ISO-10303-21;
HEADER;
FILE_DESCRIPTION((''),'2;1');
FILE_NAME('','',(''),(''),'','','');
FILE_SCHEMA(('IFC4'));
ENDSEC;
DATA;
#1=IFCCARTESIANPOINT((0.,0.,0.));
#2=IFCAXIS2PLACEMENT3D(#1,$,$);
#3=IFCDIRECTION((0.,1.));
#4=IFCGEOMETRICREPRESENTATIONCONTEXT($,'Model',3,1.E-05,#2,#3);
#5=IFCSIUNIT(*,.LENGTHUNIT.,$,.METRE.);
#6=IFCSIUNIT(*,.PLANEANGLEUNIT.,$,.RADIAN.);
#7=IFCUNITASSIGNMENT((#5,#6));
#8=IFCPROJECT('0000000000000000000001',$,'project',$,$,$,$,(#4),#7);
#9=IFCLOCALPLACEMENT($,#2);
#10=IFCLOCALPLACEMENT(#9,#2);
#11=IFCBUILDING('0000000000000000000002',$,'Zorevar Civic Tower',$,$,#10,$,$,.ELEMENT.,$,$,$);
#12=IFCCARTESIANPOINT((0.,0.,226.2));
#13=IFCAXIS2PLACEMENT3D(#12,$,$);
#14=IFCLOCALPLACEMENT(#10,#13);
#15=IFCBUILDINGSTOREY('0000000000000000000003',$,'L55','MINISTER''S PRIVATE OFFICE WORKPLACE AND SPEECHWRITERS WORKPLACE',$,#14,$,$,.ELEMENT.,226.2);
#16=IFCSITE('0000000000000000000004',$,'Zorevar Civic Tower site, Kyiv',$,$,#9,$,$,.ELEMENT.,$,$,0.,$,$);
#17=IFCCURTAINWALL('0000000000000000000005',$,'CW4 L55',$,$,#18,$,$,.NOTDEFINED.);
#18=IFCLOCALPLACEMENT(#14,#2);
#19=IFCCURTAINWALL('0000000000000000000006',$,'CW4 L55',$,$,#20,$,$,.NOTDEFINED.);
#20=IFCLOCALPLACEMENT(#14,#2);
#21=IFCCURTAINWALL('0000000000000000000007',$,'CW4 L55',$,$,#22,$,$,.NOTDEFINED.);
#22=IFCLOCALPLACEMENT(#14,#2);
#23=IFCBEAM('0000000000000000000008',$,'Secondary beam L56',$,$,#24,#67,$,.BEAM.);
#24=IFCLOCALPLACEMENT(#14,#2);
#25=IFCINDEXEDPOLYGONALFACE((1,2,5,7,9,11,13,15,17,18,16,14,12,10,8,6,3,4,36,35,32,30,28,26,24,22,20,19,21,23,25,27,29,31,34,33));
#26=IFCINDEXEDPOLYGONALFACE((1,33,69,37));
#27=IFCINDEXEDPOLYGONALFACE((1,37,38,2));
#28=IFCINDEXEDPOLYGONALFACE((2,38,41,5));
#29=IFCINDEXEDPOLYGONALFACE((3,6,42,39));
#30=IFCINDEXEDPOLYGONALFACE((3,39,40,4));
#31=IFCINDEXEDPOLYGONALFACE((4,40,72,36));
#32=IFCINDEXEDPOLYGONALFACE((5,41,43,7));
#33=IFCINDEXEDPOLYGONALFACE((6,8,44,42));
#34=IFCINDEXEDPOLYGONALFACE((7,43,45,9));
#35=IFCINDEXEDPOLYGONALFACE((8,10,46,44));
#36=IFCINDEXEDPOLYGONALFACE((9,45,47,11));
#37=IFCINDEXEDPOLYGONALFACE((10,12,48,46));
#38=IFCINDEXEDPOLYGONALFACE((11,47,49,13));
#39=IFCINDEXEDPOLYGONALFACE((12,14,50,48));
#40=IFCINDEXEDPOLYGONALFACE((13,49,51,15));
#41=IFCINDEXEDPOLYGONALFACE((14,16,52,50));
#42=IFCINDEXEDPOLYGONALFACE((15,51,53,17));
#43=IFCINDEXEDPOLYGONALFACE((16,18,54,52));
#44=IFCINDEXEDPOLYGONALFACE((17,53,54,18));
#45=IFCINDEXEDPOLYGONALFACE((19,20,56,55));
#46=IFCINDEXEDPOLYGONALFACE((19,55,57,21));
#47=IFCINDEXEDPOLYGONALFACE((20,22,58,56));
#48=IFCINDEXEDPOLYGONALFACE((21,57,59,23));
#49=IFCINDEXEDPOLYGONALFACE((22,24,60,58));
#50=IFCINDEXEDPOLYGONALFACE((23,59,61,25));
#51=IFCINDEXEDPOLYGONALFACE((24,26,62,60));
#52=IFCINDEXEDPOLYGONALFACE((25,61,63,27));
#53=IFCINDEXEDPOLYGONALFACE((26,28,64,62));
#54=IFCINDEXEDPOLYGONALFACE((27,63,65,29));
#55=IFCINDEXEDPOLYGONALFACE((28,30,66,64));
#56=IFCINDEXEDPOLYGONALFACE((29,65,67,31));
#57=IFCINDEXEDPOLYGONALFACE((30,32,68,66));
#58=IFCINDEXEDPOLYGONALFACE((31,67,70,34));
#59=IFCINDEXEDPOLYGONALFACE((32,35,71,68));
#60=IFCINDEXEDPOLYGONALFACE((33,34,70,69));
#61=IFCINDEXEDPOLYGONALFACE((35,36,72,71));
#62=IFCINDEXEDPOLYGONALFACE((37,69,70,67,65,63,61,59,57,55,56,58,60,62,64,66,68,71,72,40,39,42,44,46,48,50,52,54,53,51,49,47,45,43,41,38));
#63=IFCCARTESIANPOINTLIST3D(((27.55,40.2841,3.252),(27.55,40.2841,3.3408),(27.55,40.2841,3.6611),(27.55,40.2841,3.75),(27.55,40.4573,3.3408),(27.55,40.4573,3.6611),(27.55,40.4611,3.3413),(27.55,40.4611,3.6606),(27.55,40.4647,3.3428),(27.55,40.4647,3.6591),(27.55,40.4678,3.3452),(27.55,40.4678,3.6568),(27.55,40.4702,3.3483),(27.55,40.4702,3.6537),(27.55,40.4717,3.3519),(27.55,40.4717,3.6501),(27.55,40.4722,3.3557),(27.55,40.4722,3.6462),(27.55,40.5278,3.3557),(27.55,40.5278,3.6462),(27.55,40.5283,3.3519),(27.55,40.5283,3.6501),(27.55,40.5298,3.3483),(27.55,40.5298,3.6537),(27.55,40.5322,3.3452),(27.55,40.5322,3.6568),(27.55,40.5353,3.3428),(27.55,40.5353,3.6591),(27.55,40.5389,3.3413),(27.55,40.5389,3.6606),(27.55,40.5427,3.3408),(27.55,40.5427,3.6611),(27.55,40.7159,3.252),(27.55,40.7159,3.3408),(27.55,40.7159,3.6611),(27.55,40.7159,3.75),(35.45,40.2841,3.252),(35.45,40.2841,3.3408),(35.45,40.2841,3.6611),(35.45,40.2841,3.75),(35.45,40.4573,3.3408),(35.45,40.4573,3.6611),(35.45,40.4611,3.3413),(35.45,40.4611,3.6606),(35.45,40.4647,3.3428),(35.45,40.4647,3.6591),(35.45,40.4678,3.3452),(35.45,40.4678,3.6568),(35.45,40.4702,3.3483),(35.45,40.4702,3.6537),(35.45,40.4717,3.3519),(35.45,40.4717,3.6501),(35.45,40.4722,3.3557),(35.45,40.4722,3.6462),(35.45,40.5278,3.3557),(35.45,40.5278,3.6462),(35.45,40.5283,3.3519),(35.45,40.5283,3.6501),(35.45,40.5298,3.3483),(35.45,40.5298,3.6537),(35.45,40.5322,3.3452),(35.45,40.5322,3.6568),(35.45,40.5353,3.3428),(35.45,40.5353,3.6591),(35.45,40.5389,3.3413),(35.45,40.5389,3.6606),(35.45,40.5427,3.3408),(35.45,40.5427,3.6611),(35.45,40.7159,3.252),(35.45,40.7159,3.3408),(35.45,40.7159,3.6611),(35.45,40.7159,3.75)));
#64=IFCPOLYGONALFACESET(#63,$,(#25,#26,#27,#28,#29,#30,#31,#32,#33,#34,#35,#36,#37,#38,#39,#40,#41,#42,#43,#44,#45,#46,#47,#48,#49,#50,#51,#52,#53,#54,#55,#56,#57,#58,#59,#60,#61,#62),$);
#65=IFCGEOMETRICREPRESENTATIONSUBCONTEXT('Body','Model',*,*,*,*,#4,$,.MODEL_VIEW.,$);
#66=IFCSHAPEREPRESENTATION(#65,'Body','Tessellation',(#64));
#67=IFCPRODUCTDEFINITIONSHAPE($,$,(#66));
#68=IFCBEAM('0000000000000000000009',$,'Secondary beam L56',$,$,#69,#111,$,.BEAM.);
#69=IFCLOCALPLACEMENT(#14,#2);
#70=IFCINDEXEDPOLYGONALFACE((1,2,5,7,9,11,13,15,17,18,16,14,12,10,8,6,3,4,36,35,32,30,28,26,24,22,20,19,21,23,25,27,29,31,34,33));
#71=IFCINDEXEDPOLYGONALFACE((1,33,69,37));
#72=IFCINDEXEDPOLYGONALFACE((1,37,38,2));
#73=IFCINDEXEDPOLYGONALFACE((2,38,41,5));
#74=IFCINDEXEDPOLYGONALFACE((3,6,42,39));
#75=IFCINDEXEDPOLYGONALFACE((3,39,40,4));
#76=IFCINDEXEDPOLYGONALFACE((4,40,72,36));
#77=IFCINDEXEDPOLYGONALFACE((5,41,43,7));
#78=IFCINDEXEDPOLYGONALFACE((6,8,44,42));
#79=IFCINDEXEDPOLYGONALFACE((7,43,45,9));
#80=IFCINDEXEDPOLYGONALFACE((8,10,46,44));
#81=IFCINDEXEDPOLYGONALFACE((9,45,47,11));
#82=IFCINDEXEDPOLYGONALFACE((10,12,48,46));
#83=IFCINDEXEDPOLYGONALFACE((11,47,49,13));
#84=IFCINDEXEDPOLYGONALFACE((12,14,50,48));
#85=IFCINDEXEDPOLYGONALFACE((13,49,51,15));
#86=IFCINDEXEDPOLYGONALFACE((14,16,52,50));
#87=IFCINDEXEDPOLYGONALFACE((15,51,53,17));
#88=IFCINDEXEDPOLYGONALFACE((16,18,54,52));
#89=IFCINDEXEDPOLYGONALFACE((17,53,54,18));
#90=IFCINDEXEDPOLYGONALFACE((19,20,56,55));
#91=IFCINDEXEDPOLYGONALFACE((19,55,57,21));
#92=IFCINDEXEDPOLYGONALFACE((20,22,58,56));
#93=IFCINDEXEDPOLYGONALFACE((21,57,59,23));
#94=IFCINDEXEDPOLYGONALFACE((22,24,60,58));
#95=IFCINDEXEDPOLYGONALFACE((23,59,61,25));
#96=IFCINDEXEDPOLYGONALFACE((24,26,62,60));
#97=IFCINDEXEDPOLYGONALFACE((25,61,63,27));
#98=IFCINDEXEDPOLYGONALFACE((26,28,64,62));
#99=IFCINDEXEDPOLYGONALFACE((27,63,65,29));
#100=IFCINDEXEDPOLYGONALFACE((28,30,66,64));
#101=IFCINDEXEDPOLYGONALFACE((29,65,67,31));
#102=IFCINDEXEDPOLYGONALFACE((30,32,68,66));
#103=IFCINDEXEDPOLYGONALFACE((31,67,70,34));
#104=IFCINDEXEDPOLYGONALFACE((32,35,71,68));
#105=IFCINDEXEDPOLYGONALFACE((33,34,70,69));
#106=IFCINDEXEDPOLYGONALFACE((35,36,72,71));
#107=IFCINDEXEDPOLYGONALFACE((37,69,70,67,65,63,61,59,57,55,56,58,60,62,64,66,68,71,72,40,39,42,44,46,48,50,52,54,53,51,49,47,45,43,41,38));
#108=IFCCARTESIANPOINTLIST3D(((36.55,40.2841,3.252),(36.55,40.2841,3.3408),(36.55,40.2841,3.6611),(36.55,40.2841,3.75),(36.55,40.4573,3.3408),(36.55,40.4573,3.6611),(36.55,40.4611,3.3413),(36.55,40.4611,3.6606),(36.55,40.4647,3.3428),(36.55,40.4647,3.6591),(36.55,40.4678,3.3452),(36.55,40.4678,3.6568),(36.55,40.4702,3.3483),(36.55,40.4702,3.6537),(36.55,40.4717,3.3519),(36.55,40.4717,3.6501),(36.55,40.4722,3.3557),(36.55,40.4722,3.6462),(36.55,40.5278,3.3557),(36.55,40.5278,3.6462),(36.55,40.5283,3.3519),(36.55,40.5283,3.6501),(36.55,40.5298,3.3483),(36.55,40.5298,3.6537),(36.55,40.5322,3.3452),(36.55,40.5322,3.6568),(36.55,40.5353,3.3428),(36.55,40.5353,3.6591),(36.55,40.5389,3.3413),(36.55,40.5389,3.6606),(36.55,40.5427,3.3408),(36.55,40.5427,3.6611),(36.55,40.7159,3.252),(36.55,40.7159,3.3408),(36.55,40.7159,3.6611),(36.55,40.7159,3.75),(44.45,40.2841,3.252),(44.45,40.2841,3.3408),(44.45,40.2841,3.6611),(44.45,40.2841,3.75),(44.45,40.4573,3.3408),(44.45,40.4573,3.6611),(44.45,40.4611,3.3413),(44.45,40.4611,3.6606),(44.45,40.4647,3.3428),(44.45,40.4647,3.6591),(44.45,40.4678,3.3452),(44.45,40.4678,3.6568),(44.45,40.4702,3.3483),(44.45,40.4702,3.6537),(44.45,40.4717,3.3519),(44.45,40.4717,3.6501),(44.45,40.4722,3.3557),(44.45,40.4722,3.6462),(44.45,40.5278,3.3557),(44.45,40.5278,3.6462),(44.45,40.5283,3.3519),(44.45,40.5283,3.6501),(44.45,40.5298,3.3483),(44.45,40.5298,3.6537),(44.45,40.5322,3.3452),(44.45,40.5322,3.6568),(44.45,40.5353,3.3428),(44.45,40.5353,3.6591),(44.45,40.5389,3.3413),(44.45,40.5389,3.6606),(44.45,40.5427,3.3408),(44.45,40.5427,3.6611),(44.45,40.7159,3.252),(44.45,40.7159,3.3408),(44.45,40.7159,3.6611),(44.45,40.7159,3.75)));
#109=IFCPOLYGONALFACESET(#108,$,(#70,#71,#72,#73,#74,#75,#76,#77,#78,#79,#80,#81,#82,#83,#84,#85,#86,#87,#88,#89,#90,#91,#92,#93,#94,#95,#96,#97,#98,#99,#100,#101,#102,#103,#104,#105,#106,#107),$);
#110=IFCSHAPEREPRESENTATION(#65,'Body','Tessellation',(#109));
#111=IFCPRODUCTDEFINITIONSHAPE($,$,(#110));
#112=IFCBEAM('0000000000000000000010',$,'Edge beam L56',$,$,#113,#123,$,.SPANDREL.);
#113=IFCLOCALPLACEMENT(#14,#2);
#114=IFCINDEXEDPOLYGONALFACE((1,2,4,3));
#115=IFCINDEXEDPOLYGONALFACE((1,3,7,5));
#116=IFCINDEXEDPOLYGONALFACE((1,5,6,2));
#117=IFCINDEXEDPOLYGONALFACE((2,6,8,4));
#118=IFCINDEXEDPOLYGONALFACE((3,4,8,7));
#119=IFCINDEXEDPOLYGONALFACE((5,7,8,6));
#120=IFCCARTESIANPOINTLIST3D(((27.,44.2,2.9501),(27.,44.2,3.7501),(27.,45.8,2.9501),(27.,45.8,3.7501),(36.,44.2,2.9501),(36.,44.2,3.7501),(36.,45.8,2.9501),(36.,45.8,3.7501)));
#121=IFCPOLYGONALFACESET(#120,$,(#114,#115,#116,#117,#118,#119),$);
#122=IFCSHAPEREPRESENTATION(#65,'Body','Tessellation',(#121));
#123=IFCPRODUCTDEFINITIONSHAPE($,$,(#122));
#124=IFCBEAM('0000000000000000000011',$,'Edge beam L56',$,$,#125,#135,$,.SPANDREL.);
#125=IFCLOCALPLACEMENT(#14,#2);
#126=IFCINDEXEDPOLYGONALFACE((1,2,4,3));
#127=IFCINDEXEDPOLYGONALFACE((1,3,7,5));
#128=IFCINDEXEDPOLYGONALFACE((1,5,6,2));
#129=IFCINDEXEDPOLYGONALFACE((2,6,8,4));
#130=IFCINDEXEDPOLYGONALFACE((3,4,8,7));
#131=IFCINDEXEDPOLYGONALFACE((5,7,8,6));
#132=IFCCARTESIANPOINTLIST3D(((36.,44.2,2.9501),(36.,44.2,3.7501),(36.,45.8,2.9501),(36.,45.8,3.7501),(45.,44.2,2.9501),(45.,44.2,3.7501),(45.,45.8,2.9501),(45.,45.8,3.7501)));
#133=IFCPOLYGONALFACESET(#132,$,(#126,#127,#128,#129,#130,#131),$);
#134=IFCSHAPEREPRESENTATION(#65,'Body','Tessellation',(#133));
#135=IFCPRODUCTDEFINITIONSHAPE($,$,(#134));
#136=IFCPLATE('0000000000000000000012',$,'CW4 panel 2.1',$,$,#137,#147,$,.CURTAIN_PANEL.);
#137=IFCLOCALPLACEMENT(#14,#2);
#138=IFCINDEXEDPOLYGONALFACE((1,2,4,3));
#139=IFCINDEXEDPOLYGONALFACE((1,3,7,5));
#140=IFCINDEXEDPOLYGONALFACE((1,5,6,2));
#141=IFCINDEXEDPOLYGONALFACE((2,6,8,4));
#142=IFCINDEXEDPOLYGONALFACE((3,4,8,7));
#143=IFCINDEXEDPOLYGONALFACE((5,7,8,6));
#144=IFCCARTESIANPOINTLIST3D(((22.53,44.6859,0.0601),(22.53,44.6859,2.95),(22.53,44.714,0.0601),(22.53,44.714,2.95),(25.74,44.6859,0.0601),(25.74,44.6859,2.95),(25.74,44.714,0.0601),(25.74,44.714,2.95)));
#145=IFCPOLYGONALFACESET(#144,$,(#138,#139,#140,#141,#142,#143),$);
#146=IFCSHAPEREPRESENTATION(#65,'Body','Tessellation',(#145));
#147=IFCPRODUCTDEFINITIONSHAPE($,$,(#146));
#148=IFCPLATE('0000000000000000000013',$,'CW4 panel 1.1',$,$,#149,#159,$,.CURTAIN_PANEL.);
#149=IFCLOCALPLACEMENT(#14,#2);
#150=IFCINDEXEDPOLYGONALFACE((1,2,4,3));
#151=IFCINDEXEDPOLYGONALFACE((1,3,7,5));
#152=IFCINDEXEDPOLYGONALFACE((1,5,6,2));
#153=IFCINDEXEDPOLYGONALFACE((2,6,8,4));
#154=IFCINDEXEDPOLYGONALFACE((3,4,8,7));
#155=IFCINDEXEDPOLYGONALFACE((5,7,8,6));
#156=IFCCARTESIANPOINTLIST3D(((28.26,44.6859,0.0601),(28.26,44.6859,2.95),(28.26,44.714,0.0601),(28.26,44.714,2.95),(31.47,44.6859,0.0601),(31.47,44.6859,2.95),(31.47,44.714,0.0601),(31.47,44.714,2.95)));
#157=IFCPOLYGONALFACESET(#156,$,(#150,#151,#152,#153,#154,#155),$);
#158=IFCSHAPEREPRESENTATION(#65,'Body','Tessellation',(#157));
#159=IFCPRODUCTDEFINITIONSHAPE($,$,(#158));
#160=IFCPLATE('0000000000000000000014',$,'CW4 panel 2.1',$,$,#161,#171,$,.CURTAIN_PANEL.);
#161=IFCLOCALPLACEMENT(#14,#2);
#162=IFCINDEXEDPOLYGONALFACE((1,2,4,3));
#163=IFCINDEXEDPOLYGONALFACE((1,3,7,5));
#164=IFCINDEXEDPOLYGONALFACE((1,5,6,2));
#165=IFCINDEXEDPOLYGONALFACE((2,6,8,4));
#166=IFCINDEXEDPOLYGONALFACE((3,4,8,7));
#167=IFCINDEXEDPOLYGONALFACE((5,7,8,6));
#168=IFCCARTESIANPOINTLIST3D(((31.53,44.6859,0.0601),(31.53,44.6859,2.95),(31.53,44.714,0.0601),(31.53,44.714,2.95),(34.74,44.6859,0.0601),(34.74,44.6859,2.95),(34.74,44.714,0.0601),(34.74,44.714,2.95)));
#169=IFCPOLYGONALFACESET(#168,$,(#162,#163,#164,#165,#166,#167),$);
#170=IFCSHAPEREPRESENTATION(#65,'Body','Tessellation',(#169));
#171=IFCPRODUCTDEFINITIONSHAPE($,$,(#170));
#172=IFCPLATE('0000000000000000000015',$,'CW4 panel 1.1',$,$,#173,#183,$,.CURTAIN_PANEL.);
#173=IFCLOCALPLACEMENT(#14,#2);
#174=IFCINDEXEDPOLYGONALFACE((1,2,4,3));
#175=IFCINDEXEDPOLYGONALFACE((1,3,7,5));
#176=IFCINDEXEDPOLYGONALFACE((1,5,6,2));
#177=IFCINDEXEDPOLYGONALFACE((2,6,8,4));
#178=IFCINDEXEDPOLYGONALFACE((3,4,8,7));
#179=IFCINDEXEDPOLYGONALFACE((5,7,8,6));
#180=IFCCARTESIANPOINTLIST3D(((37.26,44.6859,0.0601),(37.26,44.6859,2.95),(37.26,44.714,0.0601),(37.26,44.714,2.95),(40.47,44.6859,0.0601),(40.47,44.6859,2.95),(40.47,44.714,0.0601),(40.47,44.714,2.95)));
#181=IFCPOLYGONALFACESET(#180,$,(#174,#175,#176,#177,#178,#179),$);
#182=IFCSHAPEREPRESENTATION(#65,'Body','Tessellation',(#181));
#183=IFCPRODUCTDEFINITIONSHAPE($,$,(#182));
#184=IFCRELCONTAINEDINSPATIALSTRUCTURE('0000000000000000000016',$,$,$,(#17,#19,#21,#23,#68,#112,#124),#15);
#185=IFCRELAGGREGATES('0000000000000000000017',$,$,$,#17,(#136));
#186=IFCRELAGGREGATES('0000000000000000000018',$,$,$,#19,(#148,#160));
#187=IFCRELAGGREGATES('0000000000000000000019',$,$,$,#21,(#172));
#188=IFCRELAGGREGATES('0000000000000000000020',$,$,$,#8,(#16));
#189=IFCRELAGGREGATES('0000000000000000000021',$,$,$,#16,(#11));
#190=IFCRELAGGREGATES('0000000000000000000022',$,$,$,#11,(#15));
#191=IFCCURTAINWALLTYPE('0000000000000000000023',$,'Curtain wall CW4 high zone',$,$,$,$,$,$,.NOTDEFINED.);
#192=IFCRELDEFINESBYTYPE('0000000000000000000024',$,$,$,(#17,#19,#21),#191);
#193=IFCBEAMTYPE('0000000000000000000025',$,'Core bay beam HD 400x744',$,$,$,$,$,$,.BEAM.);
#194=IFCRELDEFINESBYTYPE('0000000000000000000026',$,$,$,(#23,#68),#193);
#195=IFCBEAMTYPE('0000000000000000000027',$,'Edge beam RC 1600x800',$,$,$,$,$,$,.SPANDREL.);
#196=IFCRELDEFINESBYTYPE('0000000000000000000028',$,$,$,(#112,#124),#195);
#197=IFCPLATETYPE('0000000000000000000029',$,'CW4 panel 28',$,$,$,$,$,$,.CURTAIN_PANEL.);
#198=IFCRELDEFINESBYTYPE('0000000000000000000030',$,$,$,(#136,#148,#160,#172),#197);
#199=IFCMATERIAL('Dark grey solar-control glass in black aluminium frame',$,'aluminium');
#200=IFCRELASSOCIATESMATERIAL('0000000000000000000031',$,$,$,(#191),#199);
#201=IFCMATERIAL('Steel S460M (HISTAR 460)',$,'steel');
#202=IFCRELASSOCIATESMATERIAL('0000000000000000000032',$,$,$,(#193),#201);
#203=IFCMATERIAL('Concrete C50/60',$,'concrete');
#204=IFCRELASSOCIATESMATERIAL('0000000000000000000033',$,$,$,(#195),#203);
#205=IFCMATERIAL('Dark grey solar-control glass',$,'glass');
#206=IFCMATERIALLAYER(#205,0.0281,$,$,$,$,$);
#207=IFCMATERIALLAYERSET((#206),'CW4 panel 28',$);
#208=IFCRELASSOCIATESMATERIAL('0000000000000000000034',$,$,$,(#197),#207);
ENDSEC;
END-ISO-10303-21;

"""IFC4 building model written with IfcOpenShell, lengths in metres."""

from ifc_helpers import new_model, si_unit, direction, frame, origin, origin_2d, place, context, subcontext, project, spatial, rectangle, i_section, extrude, material, layer, layer_set, material_profile, profile_set, type_object, element, aggregate, save


model = new_model("IFC4")

# Units and contexts
model_context = context("Model", 3, precision=1e-05, world=origin(), true_north=direction((0.0, 1.0)))
body_context = subcontext(model_context, "Body", "Model", "MODEL_VIEW")
ifc_project = project(units=[si_unit("LENGTHUNIT", "METRE"), si_unit("PLANEANGLEUNIT", "RADIAN")], contexts=[model_context])

# Site, building, storey
site_placement = place(None, origin())
site = spatial("IfcSite", under=ifc_project, at=site_placement, Name="Zorevar Civic Tower site, Kyiv", CompositionType="ELEMENT", RefElevation=0.0)
building_placement = place(site_placement, origin())
building = spatial("IfcBuilding", under=site, at=building_placement, Name="Zorevar Civic Tower", CompositionType="ELEMENT")
storey_placement = place(building_placement, frame((0.0, 0.0, 226.2)))
storey = spatial("IfcBuildingStorey", under=building, at=storey_placement, Name="L55", Description="MINISTER'S PRIVATE OFFICE WORKPLACE AND SPEECHWRITERS WORKPLACE", CompositionType="ELEMENT", Elevation=226.2)

# Curtain walls
ifc_material_1 = material(Name="Dark grey solar-control glass in black aluminium frame", Category="aluminium")
curtain_wall_type = type_object("IfcCurtainWallType", Name="Curtain wall CW4 high zone", PredefinedType="NOTDEFINED", material=ifc_material_1)
curtain_wall_1_placement = place(storey_placement, origin())
curtain_wall_1 = element("IfcCurtainWall", 1, at=curtain_wall_1_placement, inside=storey, type_object=curtain_wall_type, Name="CW4 L55", PredefinedType="NOTDEFINED")
curtain_wall_2_placement = place(storey_placement, origin())
curtain_wall_2 = element("IfcCurtainWall", 2, at=curtain_wall_2_placement, inside=storey, type_object=curtain_wall_type, Name="CW4 L55", PredefinedType="NOTDEFINED")

# Curtain wall
curtain_wall_3_placement = place(storey_placement, origin())
curtain_wall_3 = element("IfcCurtainWall", 3, at=curtain_wall_3_placement, inside=storey, type_object=curtain_wall_type, Name="CW4 L55", PredefinedType="NOTDEFINED")

# Beams
ifc_material_2 = material(Name="Steel S460M (HISTAR 460)", Category="steel")
ifc_material_profile_1 = material_profile(ifc_material_2, i_section(OverallWidth=0.4319, OverallDepth=0.498, WebThickness=0.0557, FlangeThickness=0.0889, FilletRadius=0.0149, at=origin_2d()), Name="HD 400x744")
ifc_profile_set_1 = profile_set([ifc_material_profile_1], Name="Steel S460M (HISTAR 460)")
beam_type_1 = type_object("IfcBeamType", Name="Core bay beam HD 400x744", PredefinedType="BEAM", material=ifc_profile_set_1)
for number, where, z_axis, x_axis, name in (
    (4, (27.55, 40.5, 3.501), (1.0, 0.0, 0.0), (0.0, 1.0, 0.0), "Secondary beam L56"),
    (5, (36.55, 40.5, 3.501), (1.0, 0.0, 0.0), (0.0, 1.0, 0.0), "Secondary beam L56"),
):
    element("IfcBeam", number, at=place(storey_placement, frame(where, z_axis=z_axis, x_axis=x_axis)), inside=storey, type_object=beam_type_1, Name=name, PredefinedType="BEAM", context=body_context, shape_type="SweptSolid", body=[
        extrude(i_section(OverallWidth=0.4319, OverallDepth=0.498, WebThickness=0.0557, FlangeThickness=0.0889, FilletRadius=0.0149, at=origin_2d()), origin(), (0.0, 0.0, 1.0), 7.8999),
    ])
ifc_material_3 = material(Name="Concrete C50/60", Category="concrete")
ifc_material_profile_2 = material_profile(ifc_material_3, rectangle(XDim=1.6001, YDim=0.8, at=origin_2d()), Name="RC 1600x800")
ifc_profile_set_2 = profile_set([ifc_material_profile_2], Name="Concrete C50/60")
beam_type_2 = type_object("IfcBeamType", Name="Edge beam RC 1600x800", PredefinedType="SPANDREL", material=ifc_profile_set_2)
for number, where, z_axis, x_axis, name in (
    (6, (27.0, 45.0, 3.3501), (1.0, 0.0, 0.0), (0.0, 1.0, 0.0), "Edge beam L56"),
    (7, (36.0, 45.0, 3.3501), (1.0, 0.0, 0.0), (0.0, 1.0, 0.0), "Edge beam L56"),
):
    element("IfcBeam", number, at=place(storey_placement, frame(where, z_axis=z_axis, x_axis=x_axis)), inside=storey, type_object=beam_type_2, Name=name, PredefinedType="SPANDREL", context=body_context, shape_type="SweptSolid", body=[
        extrude(rectangle(XDim=1.6001, YDim=0.8, at=origin_2d()), origin(), (0.0, 0.0, 1.0), 9.0),
    ])

# Plates
ifc_material_4 = material(Name="Dark grey solar-control glass", Category="glass")
ifc_layer_1 = layer(ifc_material_4, 0.0281)
ifc_layer_set_1 = layer_set([ifc_layer_1], Name="CW4 panel 28")
plate_type = type_object("IfcPlateType", Name="CW4 panel 28", PredefinedType="CURTAIN_PANEL", material=ifc_layer_set_1)
plate_1_placement = place(storey_placement, frame((24.135, 44.7, 0.0601), z_axis=(0.0, 0.0, 1.0), x_axis=(1.0, 0.0, 0.0)))
plate_1 = element("IfcPlate", 8, at=plate_1_placement, type_object=plate_type, Name="CW4 panel 2.1", PredefinedType="CURTAIN_PANEL", context=body_context, shape_type="SweptSolid", body=[
    extrude(rectangle(XDim=3.21, YDim=0.0281, at=origin_2d()), origin(), (0.0, 0.0, 1.0), 2.8899),
])
aggregate(curtain_wall_1, [plate_1])
plate_2_placement = place(storey_placement, frame((29.865, 44.7, 0.0601), z_axis=(0.0, 0.0, 1.0), x_axis=(1.0, 0.0, 0.0)))
plate_2 = element("IfcPlate", 9, at=plate_2_placement, type_object=plate_type, Name="CW4 panel 1.1", PredefinedType="CURTAIN_PANEL", context=body_context, shape_type="SweptSolid", body=[
    extrude(rectangle(XDim=3.21, YDim=0.0281, at=origin_2d()), origin(), (0.0, 0.0, 1.0), 2.8899),
])
plate_3_placement = place(storey_placement, frame((33.135, 44.7, 0.0601), z_axis=(0.0, 0.0, 1.0), x_axis=(1.0, 0.0, 0.0)))
plate_3 = element("IfcPlate", 10, at=plate_3_placement, type_object=plate_type, Name="CW4 panel 2.1", PredefinedType="CURTAIN_PANEL", context=body_context, shape_type="SweptSolid", body=[
    extrude(rectangle(XDim=3.21, YDim=0.0281, at=origin_2d()), origin(), (0.0, 0.0, 1.0), 2.8899),
])
aggregate(curtain_wall_2, [plate_2, plate_3])
plate_4_placement = place(storey_placement, frame((38.865, 44.7, 0.0601), z_axis=(0.0, 0.0, 1.0), x_axis=(1.0, 0.0, 0.0)))
plate_4 = element("IfcPlate", 11, at=plate_4_placement, type_object=plate_type, Name="CW4 panel 1.1", PredefinedType="CURTAIN_PANEL", context=body_context, shape_type="SweptSolid", body=[
    extrude(rectangle(XDim=3.21, YDim=0.0281, at=origin_2d()), origin(), (0.0, 0.0, 1.0), 2.8899),
])
aggregate(curtain_wall_3, [plate_4])

save(model, "model.ifc")
